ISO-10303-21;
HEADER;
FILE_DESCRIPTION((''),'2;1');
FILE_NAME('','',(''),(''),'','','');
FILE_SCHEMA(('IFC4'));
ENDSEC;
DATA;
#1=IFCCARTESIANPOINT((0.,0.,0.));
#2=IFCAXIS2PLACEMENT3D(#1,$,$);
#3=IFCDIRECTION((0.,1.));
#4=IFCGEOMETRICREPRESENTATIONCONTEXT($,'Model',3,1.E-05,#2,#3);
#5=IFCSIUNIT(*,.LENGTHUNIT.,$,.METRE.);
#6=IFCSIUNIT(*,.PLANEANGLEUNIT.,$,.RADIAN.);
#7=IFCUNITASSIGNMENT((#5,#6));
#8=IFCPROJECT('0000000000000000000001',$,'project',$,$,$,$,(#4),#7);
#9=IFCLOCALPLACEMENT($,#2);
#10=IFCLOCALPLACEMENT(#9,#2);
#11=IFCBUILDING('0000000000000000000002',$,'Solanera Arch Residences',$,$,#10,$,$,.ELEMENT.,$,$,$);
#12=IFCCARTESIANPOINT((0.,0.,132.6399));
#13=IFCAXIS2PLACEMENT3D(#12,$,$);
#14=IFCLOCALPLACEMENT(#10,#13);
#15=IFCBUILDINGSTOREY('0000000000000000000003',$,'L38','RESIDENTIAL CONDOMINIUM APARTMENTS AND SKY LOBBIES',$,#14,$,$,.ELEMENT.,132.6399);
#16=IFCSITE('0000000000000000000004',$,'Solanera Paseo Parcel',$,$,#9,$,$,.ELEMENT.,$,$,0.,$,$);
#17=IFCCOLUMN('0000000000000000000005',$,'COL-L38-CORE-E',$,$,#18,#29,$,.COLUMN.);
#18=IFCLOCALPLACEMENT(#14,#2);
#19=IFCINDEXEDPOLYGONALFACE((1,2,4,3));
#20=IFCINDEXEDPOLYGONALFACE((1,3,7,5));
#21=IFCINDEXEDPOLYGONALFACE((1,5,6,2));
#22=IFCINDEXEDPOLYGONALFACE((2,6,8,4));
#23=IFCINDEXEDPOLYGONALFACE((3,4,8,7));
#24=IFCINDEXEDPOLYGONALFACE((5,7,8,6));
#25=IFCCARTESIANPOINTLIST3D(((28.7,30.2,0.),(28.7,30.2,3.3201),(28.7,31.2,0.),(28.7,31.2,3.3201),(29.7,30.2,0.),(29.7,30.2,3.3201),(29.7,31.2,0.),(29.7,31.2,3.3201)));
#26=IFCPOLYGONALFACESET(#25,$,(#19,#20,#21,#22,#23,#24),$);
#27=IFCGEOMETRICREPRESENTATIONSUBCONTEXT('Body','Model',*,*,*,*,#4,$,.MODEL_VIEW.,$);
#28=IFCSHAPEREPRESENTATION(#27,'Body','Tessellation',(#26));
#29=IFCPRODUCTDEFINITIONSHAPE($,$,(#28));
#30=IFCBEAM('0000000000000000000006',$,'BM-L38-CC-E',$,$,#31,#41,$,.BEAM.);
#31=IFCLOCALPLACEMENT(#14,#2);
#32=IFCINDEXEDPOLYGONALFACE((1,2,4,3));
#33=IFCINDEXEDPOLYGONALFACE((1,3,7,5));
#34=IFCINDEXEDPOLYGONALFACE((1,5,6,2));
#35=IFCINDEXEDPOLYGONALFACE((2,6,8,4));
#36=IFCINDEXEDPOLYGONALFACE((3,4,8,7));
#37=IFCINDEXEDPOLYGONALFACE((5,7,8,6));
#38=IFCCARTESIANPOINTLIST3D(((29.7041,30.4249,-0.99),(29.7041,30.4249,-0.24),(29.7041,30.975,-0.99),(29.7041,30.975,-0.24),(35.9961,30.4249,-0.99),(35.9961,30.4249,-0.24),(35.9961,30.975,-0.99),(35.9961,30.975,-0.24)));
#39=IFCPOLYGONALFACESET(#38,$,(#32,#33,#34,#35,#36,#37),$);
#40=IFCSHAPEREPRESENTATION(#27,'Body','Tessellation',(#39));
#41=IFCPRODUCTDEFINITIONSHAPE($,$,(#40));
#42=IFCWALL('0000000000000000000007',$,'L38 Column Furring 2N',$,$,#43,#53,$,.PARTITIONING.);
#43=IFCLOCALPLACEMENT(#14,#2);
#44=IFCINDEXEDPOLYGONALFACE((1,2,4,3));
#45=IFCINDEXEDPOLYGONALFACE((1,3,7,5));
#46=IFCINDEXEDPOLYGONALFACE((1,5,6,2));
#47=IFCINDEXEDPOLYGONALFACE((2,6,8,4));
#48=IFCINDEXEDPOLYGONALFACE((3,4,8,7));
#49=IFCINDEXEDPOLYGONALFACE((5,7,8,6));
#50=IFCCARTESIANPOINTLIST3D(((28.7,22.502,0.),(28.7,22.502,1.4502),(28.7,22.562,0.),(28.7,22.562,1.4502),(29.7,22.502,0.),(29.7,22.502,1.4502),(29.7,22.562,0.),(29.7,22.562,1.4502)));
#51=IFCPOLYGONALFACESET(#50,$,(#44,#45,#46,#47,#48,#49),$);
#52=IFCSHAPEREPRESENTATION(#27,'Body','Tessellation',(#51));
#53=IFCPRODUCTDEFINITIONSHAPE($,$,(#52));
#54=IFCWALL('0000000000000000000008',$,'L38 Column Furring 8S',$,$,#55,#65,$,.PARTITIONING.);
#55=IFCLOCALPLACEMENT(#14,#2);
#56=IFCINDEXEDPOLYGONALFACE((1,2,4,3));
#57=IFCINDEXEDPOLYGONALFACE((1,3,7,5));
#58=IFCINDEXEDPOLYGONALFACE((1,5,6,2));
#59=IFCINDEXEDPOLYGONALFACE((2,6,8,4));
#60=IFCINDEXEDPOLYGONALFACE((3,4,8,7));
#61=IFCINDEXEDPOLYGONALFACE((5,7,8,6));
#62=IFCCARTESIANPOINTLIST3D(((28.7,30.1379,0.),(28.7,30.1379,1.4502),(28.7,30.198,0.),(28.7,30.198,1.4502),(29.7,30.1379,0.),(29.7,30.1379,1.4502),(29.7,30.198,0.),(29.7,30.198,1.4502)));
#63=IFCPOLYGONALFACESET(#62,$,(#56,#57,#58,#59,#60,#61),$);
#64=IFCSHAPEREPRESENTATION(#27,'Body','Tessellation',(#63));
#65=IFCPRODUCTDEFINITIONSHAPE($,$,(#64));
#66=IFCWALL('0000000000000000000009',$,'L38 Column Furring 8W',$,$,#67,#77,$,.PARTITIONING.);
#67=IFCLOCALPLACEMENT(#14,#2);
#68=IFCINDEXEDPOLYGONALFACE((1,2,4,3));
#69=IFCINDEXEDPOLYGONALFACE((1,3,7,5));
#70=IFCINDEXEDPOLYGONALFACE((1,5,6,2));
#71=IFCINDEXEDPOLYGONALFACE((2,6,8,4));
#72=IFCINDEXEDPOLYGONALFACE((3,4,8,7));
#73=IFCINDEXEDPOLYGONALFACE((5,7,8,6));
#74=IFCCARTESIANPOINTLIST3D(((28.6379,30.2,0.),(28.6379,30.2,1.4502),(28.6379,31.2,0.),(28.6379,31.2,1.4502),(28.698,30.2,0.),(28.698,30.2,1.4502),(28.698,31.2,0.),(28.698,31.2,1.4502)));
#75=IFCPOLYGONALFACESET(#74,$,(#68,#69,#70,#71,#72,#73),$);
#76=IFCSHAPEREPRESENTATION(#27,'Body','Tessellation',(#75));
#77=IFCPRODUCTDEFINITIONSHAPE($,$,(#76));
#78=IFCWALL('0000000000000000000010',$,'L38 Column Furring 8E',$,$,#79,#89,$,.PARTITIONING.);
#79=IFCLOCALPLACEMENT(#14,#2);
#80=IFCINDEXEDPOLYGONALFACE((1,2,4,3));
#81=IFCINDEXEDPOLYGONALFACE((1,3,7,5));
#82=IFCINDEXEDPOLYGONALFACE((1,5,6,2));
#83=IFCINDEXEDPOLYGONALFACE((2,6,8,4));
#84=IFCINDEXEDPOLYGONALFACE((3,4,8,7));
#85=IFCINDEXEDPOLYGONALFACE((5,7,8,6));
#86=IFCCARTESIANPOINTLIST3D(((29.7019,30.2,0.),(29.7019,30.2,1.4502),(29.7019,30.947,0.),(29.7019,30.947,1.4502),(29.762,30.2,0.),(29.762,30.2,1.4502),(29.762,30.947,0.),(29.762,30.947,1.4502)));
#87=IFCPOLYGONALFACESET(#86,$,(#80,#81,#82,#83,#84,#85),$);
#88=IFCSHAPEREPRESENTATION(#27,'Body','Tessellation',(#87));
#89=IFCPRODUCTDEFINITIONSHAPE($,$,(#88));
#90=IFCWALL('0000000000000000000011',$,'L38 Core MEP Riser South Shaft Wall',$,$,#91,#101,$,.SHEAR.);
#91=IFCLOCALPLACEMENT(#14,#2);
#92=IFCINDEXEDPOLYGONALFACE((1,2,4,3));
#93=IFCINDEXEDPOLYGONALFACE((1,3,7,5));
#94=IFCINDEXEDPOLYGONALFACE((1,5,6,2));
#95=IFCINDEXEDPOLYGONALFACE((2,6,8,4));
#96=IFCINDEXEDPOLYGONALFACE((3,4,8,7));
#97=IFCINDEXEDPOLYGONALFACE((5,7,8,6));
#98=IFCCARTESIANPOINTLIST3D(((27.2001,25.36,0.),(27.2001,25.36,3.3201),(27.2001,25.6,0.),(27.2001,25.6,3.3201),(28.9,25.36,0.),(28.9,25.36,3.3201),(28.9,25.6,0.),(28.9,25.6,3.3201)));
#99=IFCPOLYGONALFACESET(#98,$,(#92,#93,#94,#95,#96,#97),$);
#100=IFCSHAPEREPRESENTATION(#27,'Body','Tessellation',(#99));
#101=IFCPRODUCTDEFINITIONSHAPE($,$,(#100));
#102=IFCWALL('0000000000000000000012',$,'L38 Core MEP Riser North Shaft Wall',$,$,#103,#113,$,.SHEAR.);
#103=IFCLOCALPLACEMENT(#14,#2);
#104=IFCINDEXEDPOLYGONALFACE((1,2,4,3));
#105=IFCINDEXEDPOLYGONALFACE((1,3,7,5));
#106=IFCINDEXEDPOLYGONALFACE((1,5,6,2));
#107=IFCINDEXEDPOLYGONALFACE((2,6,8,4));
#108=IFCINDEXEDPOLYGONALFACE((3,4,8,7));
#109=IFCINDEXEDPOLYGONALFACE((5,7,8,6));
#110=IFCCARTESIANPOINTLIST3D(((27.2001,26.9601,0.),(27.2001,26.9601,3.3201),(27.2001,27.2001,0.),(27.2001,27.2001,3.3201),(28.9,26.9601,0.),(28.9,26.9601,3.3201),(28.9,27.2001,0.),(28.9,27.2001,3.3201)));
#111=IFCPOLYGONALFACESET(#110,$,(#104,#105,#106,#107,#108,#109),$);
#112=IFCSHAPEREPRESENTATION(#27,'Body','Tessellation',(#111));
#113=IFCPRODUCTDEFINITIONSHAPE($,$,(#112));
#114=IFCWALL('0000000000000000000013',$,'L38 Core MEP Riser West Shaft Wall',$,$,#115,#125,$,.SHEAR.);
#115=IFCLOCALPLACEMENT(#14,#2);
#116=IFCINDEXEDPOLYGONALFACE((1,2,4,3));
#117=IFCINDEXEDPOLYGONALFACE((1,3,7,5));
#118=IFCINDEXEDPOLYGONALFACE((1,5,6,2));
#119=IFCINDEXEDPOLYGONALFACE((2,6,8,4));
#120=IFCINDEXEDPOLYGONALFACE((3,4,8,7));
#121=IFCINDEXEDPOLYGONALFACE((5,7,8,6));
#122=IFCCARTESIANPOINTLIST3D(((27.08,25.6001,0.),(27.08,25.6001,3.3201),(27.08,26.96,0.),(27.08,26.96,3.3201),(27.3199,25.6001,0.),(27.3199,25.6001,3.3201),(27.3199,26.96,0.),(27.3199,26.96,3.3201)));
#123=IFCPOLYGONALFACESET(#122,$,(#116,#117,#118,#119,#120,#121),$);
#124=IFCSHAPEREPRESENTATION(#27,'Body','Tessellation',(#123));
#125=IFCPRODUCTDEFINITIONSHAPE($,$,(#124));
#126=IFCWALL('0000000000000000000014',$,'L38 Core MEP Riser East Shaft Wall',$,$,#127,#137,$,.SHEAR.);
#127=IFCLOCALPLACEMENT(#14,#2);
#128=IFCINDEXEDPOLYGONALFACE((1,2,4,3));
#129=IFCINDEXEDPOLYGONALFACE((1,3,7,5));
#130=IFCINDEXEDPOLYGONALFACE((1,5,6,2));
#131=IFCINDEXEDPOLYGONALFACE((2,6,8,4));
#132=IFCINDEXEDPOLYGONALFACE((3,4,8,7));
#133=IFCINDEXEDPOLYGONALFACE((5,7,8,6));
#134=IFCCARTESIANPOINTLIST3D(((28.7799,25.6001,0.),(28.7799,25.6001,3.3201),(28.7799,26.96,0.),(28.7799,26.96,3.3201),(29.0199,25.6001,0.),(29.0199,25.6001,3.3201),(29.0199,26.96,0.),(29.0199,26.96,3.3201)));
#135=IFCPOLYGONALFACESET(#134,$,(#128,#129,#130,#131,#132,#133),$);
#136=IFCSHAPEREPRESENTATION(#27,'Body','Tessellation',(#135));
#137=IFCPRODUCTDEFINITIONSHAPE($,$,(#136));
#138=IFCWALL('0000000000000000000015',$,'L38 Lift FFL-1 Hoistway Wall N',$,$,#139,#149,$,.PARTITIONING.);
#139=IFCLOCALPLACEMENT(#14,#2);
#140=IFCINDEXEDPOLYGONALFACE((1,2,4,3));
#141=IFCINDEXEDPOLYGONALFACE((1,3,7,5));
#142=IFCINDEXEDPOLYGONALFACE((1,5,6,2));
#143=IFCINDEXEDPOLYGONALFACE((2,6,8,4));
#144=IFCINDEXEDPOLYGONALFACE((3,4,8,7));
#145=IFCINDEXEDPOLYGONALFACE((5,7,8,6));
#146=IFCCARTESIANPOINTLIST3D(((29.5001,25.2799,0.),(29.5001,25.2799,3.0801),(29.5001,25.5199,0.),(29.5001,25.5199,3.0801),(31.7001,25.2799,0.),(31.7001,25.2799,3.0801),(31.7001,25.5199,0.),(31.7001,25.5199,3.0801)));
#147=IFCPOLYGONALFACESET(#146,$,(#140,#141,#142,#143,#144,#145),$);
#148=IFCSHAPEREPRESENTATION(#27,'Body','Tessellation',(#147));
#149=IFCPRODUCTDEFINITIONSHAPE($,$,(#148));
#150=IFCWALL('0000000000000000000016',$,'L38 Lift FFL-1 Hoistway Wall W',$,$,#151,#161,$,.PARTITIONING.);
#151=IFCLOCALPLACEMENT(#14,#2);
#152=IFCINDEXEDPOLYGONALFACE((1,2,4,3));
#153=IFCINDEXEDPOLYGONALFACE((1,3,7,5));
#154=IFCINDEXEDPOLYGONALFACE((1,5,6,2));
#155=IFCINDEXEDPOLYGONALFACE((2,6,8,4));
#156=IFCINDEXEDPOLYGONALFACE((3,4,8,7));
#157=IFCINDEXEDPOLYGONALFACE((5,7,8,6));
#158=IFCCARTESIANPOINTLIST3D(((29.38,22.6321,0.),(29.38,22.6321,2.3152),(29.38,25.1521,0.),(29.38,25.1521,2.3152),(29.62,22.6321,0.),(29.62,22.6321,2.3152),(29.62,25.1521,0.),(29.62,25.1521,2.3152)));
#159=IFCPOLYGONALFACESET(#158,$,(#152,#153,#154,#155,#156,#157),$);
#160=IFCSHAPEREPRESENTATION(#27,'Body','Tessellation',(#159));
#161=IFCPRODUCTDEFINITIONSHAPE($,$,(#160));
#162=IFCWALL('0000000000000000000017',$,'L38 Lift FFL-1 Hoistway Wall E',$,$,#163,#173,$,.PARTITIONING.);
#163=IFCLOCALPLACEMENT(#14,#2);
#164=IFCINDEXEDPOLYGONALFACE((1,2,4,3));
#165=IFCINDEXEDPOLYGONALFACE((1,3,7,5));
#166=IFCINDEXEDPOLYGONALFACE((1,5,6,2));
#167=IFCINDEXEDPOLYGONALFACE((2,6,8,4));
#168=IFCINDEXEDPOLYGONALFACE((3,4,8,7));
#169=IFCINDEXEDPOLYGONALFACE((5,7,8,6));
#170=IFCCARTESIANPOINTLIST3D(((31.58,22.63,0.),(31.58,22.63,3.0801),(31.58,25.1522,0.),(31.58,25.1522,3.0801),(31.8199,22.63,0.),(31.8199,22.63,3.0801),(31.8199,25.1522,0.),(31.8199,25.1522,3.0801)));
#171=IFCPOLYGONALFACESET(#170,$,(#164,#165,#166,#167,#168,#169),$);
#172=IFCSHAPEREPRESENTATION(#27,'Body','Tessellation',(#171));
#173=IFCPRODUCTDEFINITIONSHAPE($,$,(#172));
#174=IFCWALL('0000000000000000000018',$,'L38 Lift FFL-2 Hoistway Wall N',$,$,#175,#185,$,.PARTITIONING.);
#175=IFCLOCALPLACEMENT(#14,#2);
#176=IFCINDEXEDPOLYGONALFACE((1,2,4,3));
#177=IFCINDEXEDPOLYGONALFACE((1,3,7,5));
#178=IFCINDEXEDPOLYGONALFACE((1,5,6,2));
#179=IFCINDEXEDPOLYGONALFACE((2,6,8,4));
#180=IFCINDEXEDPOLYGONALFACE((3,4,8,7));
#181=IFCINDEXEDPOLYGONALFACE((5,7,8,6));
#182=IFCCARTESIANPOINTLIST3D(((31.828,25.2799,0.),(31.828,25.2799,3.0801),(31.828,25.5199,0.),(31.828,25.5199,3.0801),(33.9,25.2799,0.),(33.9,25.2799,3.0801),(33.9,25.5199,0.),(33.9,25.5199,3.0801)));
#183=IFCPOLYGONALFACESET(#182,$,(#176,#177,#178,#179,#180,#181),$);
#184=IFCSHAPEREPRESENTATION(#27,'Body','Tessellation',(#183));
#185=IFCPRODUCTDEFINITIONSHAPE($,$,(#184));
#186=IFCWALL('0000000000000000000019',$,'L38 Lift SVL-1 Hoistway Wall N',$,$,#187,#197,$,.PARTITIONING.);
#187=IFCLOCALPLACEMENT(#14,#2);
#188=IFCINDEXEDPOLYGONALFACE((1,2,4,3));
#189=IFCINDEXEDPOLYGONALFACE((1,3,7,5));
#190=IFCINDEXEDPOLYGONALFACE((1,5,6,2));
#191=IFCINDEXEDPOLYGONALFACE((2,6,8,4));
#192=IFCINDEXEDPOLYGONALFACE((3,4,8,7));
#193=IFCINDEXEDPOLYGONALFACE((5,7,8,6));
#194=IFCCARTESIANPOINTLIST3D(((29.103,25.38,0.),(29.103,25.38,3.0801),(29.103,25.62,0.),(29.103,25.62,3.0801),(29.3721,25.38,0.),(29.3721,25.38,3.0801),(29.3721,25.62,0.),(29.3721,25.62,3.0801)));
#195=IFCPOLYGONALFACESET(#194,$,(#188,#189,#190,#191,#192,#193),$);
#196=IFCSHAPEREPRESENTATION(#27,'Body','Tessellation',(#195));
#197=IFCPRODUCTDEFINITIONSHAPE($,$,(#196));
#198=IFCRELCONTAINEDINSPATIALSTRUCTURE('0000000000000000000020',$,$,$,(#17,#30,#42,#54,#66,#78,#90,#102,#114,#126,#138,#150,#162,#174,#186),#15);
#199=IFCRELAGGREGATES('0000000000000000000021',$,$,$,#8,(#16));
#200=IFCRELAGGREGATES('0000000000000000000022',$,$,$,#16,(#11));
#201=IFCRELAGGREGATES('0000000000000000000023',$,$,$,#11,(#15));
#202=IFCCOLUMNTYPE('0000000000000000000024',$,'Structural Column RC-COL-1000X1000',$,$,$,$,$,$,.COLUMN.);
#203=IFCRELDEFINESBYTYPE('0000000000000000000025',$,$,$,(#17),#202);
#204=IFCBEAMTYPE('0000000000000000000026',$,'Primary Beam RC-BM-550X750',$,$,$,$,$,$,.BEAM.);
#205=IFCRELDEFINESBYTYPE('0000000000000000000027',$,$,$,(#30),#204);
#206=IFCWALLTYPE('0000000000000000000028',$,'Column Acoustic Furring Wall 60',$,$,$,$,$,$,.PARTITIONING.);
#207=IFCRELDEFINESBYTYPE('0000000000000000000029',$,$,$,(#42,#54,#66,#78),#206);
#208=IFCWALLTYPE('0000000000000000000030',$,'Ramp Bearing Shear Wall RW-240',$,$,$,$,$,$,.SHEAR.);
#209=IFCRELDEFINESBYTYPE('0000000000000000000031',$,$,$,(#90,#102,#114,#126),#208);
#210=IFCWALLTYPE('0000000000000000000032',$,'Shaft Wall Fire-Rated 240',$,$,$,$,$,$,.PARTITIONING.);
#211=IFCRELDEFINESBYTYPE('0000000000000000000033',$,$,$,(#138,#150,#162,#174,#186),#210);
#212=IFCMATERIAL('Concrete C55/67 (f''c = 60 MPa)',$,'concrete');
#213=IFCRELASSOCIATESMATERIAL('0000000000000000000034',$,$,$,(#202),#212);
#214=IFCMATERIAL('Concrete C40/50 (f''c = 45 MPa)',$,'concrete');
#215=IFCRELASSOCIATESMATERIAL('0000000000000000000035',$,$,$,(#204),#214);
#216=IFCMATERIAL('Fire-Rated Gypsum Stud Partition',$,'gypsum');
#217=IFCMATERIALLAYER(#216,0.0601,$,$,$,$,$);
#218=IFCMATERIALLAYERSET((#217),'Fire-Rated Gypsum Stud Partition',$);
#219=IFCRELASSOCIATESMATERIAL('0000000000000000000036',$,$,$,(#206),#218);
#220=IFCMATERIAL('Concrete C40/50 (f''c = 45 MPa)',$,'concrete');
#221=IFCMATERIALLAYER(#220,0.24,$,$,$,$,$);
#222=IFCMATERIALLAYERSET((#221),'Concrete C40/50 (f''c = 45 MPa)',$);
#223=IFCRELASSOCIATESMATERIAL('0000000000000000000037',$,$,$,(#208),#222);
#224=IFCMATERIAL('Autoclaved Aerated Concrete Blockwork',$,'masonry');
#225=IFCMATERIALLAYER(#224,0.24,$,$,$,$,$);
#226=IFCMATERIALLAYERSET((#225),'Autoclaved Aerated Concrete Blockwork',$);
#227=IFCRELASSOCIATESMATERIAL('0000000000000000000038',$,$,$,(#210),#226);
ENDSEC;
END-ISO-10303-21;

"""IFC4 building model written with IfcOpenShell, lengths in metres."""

from ifc_helpers import new_model, si_unit, direction, frame, frame_2d, origin, origin_2d, place, context, subcontext, project, spatial, rectangle, extrude, material, layer, layer_set, material_profile, profile_set, type_object, element, save


model = new_model("IFC4")

# Units and contexts
model_context = context("Model", 3, precision=1e-05, world=origin(), true_north=direction((0.0, 1.0)))
body_context = subcontext(model_context, "Body", "Model", "MODEL_VIEW")
ifc_project = project(units=[si_unit("LENGTHUNIT", "METRE"), si_unit("PLANEANGLEUNIT", "RADIAN")], contexts=[model_context])

# Site, building, storey
site_placement = place(None, origin())
site = spatial("IfcSite", under=ifc_project, at=site_placement, Name="Solanera Paseo Parcel", CompositionType="ELEMENT", RefElevation=0.0)
building_placement = place(site_placement, origin())
building = spatial("IfcBuilding", under=site, at=building_placement, Name="Solanera Arch Residences", CompositionType="ELEMENT")
storey_placement = place(building_placement, frame((0.0, 0.0, 132.6399)))
storey = spatial("IfcBuildingStorey", under=building, at=storey_placement, Name="L38", Description="RESIDENTIAL CONDOMINIUM APARTMENTS AND SKY LOBBIES", CompositionType="ELEMENT", Elevation=132.6399)

# Column
ifc_material_1 = material(Name="Concrete C55/67 (f'c = 60 MPa)", Category="concrete")
ifc_material_profile_1 = material_profile(ifc_material_1, rectangle(XDim=1.0, YDim=1.0, at=origin_2d()))
ifc_profile_set_1 = profile_set([ifc_material_profile_1], Name="Concrete C55/67 (f'c = 60 MPa)")
column_type = type_object("IfcColumnType", Name="Structural Column RC-COL-1000X1000", PredefinedType="COLUMN", material=ifc_profile_set_1)
column_placement = place(storey_placement, frame((29.2, 30.7, 0.0), z_axis=(0.0, 0.0, 1.0), x_axis=(1.0, 0.0, 0.0)))
element("IfcColumn", 1, at=column_placement, inside=storey, type_object=column_type, Name="COL-L38-CORE-E", PredefinedType="COLUMN", context=body_context, shape_type="SweptSolid", body=[
    extrude(rectangle(XDim=1.0, YDim=1.0, at=origin_2d()), origin(), (0.0, 0.0, 1.0), 3.3201),
])

# Beam
ifc_material_2 = material(Name="Concrete C40/50 (f'c = 45 MPa)", Category="concrete")
ifc_material_profile_2 = material_profile(ifc_material_2, rectangle(XDim=0.55, YDim=0.75, at=origin_2d()))
ifc_profile_set_2 = profile_set([ifc_material_profile_2], Name="Concrete C40/50 (f'c = 45 MPa)")
beam_type = type_object("IfcBeamType", Name="Primary Beam RC-BM-550X750", PredefinedType="BEAM", material=ifc_profile_set_2)
beam_placement = place(storey_placement, frame((29.7041, 30.7, -0.615), z_axis=(1.0, 0.0, 0.0), x_axis=(0.0, 1.0, 0.0)))
element("IfcBeam", 2, at=beam_placement, inside=storey, type_object=beam_type, Name="BM-L38-CC-E", PredefinedType="BEAM", context=body_context, shape_type="SweptSolid", body=[
    extrude(rectangle(XDim=0.55, YDim=0.75, at=origin_2d()), origin(), (0.0, 0.0, 1.0), 6.292),
])

# Walls
ifc_material_3 = material(Name="Fire-Rated Gypsum Stud Partition", Category="gypsum")
ifc_layer_1 = layer(ifc_material_3, 0.0601)
ifc_layer_set_1 = layer_set([ifc_layer_1], Name="Fire-Rated Gypsum Stud Partition")
wall_type_1 = type_object("IfcWallType", Name="Column Acoustic Furring Wall 60", PredefinedType="PARTITIONING", material=ifc_layer_set_1)
for number, where, z_axis, x_axis, name in (
    (3, (28.7, 22.532, 0.0), (0.0, 0.0, 1.0), (1.0, 0.0, 0.0), "L38 Column Furring 2N"),
    (4, (28.7, 30.168, 0.0), (0.0, 0.0, 1.0), (1.0, 0.0, 0.0), "L38 Column Furring 8S"),
    (5, (28.668, 30.2, 0.0), (0.0, 0.0, 1.0), (0.0, 1.0, 0.0), "L38 Column Furring 8W"),
):
    element("IfcWall", number, at=place(storey_placement, frame(where, z_axis=z_axis, x_axis=x_axis)), inside=storey, type_object=wall_type_1, Name=name, PredefinedType="PARTITIONING", context=body_context, shape_type="SweptSolid", body=[
        extrude(rectangle(XDim=1.0, YDim=0.0601, at=frame_2d((0.5, 0.0))), origin(), (0.0, 0.0, 1.0), 1.4502),
    ])
wall_1_placement = place(storey_placement, frame((29.7319, 30.2, 0.0), z_axis=(0.0, 0.0, 1.0), x_axis=(0.0, 1.0, 0.0)))
element("IfcWall", 6, at=wall_1_placement, inside=storey, type_object=wall_type_1, Name="L38 Column Furring 8E", PredefinedType="PARTITIONING", context=body_context, shape_type="SweptSolid", body=[
    extrude(rectangle(XDim=0.7471, YDim=0.0601, at=frame_2d((0.3735, 0.0))), origin(), (0.0, 0.0, 1.0), 1.4502),
])
ifc_material_4 = material(Name="Concrete C40/50 (f'c = 45 MPa)", Category="concrete")
ifc_layer_2 = layer(ifc_material_4, 0.24)
ifc_layer_set_2 = layer_set([ifc_layer_2], Name="Concrete C40/50 (f'c = 45 MPa)")
wall_type_2 = type_object("IfcWallType", Name="Ramp Bearing Shear Wall RW-240", PredefinedType="SHEAR", material=ifc_layer_set_2)
for number, where, z_axis, x_axis, name in (
    (7, (27.2, 25.48, 0.0), (0.0, 0.0, 1.0), (1.0, 0.0, 0.0), "L38 Core MEP Riser South Shaft Wall"),
    (8, (27.2, 27.0801, 0.0), (0.0, 0.0, 1.0), (1.0, 0.0, 0.0), "L38 Core MEP Riser North Shaft Wall"),
):
    element("IfcWall", number, at=place(storey_placement, frame(where, z_axis=z_axis, x_axis=x_axis)), inside=storey, type_object=wall_type_2, Name=name, PredefinedType="SHEAR", context=body_context, shape_type="SweptSolid", body=[
        extrude(rectangle(XDim=1.7, YDim=0.24, at=frame_2d((0.8501, 0.0))), origin(), (0.0, 0.0, 1.0), 3.3201),
    ])
for number, where, z_axis, x_axis, name in (
    (9, (27.2, 25.6001, 0.0), (0.0, 0.0, 1.0), (0.0, 1.0, 0.0), "L38 Core MEP Riser West Shaft Wall"),
    (10, (28.8999, 25.6001, 0.0), (0.0, 0.0, 1.0), (0.0, 1.0, 0.0), "L38 Core MEP Riser East Shaft Wall"),
):
    element("IfcWall", number, at=place(storey_placement, frame(where, z_axis=z_axis, x_axis=x_axis)), inside=storey, type_object=wall_type_2, Name=name, PredefinedType="SHEAR", context=body_context, shape_type="SweptSolid", body=[
        extrude(rectangle(XDim=1.3599, YDim=0.24, at=frame_2d((0.6799, 0.0))), origin(), (0.0, 0.0, 1.0), 3.3201),
    ])
ifc_material_5 = material(Name="Autoclaved Aerated Concrete Blockwork", Category="masonry")
ifc_layer_3 = layer(ifc_material_5, 0.24)
ifc_layer_set_3 = layer_set([ifc_layer_3], Name="Autoclaved Aerated Concrete Blockwork")
wall_type_3 = type_object("IfcWallType", Name="Shaft Wall Fire-Rated 240", PredefinedType="PARTITIONING", material=ifc_layer_set_3)
wall_2_placement = place(storey_placement, frame((29.5, 25.3999, 0.0), z_axis=(0.0, 0.0, 1.0), x_axis=(1.0, 0.0, 0.0)))
element("IfcWall", 11, at=wall_2_placement, inside=storey, type_object=wall_type_3, Name="L38 Lift FFL-1 Hoistway Wall N", PredefinedType="PARTITIONING", context=body_context, shape_type="SweptSolid", body=[
    extrude(rectangle(XDim=2.2, YDim=0.24, at=frame_2d((1.1001, 0.0))), origin(), (0.0, 0.0, 1.0), 3.0801),
])
wall_3_placement = place(storey_placement, frame((29.5, 22.6321, 0.0), z_axis=(0.0, 0.0, 1.0), x_axis=(0.0, 1.0, 0.0)))
element("IfcWall", 12, at=wall_3_placement, inside=storey, type_object=wall_type_3, Name="L38 Lift FFL-1 Hoistway Wall W", PredefinedType="PARTITIONING", context=body_context, shape_type="SweptSolid", body=[
    extrude(rectangle(XDim=2.52, YDim=0.24, at=frame_2d((1.26, 0.0))), origin(), (0.0, 0.0, 1.0), 2.3152),
])
wall_4_placement = place(storey_placement, frame((31.7, 22.6299, 0.0), z_axis=(0.0, 0.0, 1.0), x_axis=(0.0, 1.0, 0.0)))
element("IfcWall", 13, at=wall_4_placement, inside=storey, type_object=wall_type_3, Name="L38 Lift FFL-1 Hoistway Wall E", PredefinedType="PARTITIONING", context=body_context, shape_type="SweptSolid", body=[
    extrude(rectangle(XDim=2.5222, YDim=0.24, at=frame_2d((1.2612, 0.0))), origin(), (0.0, 0.0, 1.0), 3.0801),
])
wall_5_placement = place(storey_placement, frame((31.8279, 25.3999, 0.0), z_axis=(0.0, 0.0, 1.0), x_axis=(1.0, 0.0, 0.0)))
element("IfcWall", 14, at=wall_5_placement, inside=storey, type_object=wall_type_3, Name="L38 Lift FFL-2 Hoistway Wall N", PredefinedType="PARTITIONING", context=body_context, shape_type="SweptSolid", body=[
    extrude(rectangle(XDim=2.072, YDim=0.24, at=frame_2d((1.0361, 0.0))), origin(), (0.0, 0.0, 1.0), 3.0801),
])
wall_6_placement = place(storey_placement, frame((29.103, 25.5, 0.0), z_axis=(0.0, 0.0, 1.0), x_axis=(1.0, 0.0, 0.0)))
element("IfcWall", 15, at=wall_6_placement, inside=storey, type_object=wall_type_3, Name="L38 Lift SVL-1 Hoistway Wall N", PredefinedType="PARTITIONING", context=body_context, shape_type="SweptSolid", body=[
    extrude(rectangle(XDim=0.269, YDim=0.24, at=frame_2d((0.1345, 0.0))), origin(), (0.0, 0.0, 1.0), 3.0801),
])

save(model, "model.ifc")
